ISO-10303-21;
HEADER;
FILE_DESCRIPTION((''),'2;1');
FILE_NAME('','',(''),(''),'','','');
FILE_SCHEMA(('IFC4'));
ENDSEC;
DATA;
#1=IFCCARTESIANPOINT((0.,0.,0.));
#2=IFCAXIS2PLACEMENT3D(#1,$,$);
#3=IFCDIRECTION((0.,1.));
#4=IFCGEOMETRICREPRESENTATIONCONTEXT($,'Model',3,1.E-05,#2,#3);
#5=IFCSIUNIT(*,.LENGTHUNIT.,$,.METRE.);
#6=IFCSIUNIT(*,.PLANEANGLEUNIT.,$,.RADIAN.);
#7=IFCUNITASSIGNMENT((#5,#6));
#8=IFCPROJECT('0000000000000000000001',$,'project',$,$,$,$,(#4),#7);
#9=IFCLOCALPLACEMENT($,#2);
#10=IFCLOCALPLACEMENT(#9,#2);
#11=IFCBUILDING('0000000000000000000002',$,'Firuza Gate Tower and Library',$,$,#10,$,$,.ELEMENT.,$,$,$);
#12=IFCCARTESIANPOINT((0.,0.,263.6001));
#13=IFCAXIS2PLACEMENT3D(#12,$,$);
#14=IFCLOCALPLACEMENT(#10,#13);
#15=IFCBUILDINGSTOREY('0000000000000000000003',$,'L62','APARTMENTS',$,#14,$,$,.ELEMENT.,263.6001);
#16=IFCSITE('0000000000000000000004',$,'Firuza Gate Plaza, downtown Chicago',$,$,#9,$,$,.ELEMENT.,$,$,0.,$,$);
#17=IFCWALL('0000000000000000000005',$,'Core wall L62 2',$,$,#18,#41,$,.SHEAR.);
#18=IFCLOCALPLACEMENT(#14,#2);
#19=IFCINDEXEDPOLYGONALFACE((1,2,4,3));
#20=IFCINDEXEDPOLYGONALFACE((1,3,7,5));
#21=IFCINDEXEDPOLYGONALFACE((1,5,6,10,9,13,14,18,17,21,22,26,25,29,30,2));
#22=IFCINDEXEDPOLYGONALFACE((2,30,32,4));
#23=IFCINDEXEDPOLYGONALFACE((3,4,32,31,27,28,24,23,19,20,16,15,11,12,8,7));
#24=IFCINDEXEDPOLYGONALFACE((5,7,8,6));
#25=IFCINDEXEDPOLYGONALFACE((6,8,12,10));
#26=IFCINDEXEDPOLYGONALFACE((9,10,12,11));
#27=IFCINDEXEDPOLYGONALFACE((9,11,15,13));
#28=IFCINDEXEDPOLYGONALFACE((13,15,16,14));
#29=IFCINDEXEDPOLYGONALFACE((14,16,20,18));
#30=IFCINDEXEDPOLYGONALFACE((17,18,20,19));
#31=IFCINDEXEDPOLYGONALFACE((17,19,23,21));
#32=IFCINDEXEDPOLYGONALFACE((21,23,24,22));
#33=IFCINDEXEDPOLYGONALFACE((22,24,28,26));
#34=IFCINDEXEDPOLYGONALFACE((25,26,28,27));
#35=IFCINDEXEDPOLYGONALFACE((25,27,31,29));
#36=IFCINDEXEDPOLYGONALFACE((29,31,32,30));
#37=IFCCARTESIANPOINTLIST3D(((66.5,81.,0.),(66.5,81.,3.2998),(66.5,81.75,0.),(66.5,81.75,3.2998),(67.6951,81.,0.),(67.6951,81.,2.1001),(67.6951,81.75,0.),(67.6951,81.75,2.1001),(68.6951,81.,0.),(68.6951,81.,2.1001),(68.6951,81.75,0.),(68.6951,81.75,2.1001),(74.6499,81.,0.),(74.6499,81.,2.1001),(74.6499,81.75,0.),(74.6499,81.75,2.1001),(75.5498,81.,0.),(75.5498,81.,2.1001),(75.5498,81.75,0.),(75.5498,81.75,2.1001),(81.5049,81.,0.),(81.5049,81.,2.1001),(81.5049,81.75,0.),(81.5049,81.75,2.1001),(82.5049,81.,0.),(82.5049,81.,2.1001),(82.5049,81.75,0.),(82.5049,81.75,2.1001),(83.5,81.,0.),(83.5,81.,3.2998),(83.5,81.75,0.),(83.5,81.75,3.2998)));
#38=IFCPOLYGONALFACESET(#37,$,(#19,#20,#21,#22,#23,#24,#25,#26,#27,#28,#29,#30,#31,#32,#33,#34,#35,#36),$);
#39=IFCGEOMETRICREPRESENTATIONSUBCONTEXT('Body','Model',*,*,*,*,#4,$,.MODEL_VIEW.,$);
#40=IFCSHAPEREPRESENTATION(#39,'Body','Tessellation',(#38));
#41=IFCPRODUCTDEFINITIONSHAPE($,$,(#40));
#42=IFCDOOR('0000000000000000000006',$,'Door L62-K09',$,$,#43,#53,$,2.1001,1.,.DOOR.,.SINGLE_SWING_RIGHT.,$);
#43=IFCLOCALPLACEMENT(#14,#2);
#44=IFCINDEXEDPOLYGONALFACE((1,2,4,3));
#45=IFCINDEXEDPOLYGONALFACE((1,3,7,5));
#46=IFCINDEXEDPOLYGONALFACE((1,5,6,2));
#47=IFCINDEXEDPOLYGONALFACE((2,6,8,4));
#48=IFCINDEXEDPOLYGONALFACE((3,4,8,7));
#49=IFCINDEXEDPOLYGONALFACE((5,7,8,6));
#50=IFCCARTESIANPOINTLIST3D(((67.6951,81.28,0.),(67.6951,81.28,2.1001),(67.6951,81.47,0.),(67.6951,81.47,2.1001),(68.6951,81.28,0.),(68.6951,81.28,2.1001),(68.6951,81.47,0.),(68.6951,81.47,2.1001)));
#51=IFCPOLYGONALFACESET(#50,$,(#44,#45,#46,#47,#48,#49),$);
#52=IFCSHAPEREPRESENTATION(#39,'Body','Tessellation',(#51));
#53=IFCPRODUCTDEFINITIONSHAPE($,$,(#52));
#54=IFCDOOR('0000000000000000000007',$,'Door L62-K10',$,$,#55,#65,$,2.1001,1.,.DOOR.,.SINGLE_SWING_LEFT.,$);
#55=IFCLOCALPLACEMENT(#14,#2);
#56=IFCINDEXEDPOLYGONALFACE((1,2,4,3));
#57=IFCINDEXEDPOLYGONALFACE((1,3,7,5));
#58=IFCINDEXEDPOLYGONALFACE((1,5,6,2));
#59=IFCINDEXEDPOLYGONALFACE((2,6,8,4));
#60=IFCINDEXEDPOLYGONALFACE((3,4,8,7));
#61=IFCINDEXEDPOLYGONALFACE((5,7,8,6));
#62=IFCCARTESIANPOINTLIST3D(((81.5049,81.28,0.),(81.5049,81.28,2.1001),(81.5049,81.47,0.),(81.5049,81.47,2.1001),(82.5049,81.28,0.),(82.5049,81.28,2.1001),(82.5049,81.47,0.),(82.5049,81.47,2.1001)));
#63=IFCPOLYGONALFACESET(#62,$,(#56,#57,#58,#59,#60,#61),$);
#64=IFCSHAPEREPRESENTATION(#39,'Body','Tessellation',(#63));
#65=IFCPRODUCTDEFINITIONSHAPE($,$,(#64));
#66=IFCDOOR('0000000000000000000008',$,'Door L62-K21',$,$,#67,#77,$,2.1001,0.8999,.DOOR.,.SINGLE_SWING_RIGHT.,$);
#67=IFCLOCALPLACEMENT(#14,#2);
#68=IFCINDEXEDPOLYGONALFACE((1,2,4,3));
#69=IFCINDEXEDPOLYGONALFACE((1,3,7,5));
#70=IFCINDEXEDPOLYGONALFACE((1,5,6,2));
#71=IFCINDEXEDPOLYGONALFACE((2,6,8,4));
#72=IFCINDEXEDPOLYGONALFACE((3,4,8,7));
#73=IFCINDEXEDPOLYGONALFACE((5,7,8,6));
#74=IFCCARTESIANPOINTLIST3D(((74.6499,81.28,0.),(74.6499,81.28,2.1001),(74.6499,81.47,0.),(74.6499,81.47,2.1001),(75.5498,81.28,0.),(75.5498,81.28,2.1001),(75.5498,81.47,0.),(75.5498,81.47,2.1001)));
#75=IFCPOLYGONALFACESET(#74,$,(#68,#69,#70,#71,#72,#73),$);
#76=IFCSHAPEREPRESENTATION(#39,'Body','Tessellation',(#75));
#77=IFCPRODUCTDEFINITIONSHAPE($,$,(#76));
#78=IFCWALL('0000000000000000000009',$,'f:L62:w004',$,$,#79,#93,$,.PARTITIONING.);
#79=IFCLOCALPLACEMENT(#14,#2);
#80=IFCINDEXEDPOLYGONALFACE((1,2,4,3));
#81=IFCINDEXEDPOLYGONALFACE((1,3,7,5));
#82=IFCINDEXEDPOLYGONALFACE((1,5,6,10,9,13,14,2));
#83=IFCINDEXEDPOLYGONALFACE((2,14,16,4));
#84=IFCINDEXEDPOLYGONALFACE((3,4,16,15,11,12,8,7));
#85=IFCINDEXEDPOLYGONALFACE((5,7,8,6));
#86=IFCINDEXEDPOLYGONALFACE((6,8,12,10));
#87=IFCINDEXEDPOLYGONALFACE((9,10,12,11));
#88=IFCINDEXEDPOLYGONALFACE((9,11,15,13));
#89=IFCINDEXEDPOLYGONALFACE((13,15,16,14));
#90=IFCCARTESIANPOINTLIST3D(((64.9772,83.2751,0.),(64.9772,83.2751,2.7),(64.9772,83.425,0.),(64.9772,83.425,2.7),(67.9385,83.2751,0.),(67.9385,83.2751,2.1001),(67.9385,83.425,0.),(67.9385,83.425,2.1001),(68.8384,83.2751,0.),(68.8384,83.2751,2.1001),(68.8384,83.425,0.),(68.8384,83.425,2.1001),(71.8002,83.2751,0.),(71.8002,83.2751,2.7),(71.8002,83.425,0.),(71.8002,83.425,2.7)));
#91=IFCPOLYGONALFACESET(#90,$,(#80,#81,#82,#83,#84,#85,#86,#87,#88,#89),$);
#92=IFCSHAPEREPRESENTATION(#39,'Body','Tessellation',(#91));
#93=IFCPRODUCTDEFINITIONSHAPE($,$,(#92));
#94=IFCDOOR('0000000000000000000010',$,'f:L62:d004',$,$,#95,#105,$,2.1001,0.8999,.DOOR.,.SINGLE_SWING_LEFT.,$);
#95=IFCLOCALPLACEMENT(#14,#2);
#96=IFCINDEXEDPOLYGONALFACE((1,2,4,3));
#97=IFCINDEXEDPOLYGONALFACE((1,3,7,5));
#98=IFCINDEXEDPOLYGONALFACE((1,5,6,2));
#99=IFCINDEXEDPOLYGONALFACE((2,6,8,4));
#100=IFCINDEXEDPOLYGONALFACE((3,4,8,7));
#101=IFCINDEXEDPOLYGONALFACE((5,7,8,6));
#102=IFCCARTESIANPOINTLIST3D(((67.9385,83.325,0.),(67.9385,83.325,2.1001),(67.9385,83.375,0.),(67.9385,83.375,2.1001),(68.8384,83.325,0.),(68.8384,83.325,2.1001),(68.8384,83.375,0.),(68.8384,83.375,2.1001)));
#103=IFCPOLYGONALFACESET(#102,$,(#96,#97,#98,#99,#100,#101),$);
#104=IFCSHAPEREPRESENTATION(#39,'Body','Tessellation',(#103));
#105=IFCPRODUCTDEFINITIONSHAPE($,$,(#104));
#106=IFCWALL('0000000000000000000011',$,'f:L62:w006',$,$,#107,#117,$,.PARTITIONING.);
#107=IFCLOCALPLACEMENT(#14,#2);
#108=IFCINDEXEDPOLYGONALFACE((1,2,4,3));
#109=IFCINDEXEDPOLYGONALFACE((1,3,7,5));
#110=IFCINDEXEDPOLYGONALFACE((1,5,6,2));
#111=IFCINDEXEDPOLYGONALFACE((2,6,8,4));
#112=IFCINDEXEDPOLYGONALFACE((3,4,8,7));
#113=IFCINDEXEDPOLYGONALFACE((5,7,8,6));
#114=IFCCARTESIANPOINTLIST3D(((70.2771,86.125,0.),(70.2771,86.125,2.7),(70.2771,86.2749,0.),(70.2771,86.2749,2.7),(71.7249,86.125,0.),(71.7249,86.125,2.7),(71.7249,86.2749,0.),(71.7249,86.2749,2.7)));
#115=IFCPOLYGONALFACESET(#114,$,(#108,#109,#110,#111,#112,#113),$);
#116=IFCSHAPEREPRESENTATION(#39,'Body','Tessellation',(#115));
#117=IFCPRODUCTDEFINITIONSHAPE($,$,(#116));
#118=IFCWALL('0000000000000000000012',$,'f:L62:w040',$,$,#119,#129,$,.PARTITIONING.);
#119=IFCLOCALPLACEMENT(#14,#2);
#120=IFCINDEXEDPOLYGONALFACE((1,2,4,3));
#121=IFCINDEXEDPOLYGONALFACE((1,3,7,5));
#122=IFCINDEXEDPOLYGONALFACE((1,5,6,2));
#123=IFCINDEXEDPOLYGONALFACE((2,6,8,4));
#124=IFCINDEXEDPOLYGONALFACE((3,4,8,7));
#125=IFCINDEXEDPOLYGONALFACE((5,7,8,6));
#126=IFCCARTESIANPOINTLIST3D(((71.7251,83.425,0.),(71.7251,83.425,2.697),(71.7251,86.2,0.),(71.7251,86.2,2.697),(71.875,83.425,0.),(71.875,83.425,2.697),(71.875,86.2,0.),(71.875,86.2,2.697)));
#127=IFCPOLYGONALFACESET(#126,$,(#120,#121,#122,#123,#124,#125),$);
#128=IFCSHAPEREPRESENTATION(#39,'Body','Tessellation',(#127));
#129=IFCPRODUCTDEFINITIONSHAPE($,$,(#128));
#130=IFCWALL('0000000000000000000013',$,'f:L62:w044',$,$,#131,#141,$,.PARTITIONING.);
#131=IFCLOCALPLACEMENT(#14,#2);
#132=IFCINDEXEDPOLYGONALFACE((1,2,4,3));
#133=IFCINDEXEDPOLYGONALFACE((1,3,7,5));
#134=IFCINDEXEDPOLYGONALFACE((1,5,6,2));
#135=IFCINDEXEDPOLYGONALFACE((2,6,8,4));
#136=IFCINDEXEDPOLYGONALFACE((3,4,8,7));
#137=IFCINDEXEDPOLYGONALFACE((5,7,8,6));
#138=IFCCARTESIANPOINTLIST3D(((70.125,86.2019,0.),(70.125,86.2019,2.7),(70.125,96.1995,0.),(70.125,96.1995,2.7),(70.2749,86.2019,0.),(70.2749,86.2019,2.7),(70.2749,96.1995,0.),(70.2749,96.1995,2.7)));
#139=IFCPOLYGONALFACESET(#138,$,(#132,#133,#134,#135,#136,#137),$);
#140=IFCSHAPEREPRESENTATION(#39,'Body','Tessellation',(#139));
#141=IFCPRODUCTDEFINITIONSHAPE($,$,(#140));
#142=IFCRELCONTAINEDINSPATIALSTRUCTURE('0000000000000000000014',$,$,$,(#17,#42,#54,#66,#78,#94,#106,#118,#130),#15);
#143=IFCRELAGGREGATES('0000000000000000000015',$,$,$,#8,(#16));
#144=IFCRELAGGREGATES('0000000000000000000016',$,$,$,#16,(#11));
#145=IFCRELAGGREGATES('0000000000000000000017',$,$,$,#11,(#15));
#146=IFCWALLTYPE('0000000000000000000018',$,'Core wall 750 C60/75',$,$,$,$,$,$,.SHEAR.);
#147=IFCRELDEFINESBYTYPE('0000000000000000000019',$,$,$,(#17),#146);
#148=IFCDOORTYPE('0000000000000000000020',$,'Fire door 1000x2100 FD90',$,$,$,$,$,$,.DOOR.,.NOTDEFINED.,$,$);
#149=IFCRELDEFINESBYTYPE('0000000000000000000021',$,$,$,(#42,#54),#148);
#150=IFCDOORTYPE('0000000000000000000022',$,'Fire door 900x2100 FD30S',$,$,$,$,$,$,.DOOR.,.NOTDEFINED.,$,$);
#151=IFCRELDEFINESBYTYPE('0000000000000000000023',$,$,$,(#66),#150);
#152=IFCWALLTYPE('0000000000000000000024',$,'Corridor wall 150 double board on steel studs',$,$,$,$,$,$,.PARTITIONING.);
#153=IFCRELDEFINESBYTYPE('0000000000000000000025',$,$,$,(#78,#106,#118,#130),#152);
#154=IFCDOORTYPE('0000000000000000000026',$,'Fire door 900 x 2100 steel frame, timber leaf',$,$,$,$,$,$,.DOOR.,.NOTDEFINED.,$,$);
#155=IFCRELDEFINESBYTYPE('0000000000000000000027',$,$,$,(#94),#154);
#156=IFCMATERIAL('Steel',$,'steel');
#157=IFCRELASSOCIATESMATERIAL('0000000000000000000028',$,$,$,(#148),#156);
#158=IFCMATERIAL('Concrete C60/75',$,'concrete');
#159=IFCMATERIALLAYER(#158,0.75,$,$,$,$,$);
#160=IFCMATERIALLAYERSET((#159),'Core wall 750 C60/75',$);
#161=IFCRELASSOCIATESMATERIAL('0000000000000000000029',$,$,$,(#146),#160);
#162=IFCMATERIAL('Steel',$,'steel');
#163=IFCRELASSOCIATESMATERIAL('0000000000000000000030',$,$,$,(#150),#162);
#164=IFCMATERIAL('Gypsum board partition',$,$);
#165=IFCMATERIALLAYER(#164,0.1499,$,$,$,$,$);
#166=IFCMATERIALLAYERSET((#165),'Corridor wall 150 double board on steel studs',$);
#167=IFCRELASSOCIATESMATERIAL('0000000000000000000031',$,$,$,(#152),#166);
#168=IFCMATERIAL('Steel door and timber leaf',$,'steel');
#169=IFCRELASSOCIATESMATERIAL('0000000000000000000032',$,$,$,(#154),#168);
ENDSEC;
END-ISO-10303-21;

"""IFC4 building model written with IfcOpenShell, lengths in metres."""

from ifc_helpers import new_model, si_unit, direction, frame, frame_2d, origin, place, context, subcontext, project, spatial, rectangle, extrude, material, layer, layer_set, type_object, element, fill, save


model = new_model("IFC4")

# Units and contexts
model_context = context("Model", 3, precision=1e-05, world=origin(), true_north=direction((0.0, 1.0)))
body_context = subcontext(model_context, "Body", "Model", "MODEL_VIEW")
ifc_project = project(units=[si_unit("LENGTHUNIT", "METRE"), si_unit("PLANEANGLEUNIT", "RADIAN")], contexts=[model_context])

# Site, building, storey
site_placement = place(None, origin())
site = spatial("IfcSite", under=ifc_project, at=site_placement, Name="Firuza Gate Plaza, downtown Chicago", CompositionType="ELEMENT", RefElevation=0.0)
building_placement = place(site_placement, origin())
building = spatial("IfcBuilding", under=site, at=building_placement, Name="Firuza Gate Tower and Library", CompositionType="ELEMENT")
storey_placement = place(building_placement, frame((0.0, 0.0, 263.6001)))
storey = spatial("IfcBuildingStorey", under=building, at=storey_placement, Name="L62", Description="APARTMENTS", CompositionType="ELEMENT", Elevation=263.6001)

# Shared definitions
ifc_material_1 = material(Name="Steel", Category="steel")
door_type_1 = type_object("IfcDoorType", Name="Fire door 1000x2100 FD90", OperationType="NOTDEFINED", PredefinedType="DOOR", material=ifc_material_1)

# Wall, openings, doors
ifc_material_2 = material(Name="Concrete C60/75", Category="concrete")
ifc_layer_1 = layer(ifc_material_2, 0.75)
ifc_layer_set_1 = layer_set([ifc_layer_1], Name="Core wall 750 C60/75")
wall_type_1 = type_object("IfcWallType", Name="Core wall 750 C60/75", PredefinedType="SHEAR", material=ifc_layer_set_1)
wall_1_placement = place(storey_placement, frame((66.5, 81.375, 0.0), z_axis=(0.0, 0.0, 1.0), x_axis=(1.0, 0.0, 0.0)))
wall_1 = element("IfcWall", 1, at=wall_1_placement, inside=storey, type_object=wall_type_1, Name="Core wall L62 2", PredefinedType="SHEAR", context=body_context, shape_type="SweptSolid", body=[
    extrude(rectangle(XDim=17.0, YDim=0.75, at=frame_2d((8.5, 0.0))), origin(), (0.0, 0.0, 1.0), 3.2998),
])
opening_1_placement = place(wall_1_placement, frame((1.1951, 0.0, 0.0)))
opening_1 = element("IfcOpeningElement", 2, at=opening_1_placement, cuts=wall_1, PredefinedType="OPENING", context=body_context, shape_type="SweptSolid", body=[
    extrude(rectangle(XDim=1.0, YDim=2.1001, at=frame_2d((0.5, 1.05))), frame((0.0, 0.385, 0.0), z_axis=(0.0, -1.0, 0.0), x_axis=(1.0, 0.0, 0.0)), (0.0, 0.0, 1.0), 0.77),
])
opening_2_placement = place(wall_1_placement, frame((15.0049, 0.0, 0.0)))
opening_2 = element("IfcOpeningElement", 3, at=opening_2_placement, cuts=wall_1, PredefinedType="OPENING", context=body_context, shape_type="SweptSolid", body=[
    extrude(rectangle(XDim=1.0, YDim=2.1001, at=frame_2d((0.5, 1.05))), frame((0.0, 0.385, 0.0), z_axis=(0.0, -1.0, 0.0), x_axis=(1.0, 0.0, 0.0)), (0.0, 0.0, 1.0), 0.77),
])
opening_3_placement = place(wall_1_placement, frame((8.1499, 0.0, 0.0)))
opening_3 = element("IfcOpeningElement", 4, at=opening_3_placement, cuts=wall_1, PredefinedType="OPENING", context=body_context, shape_type="SweptSolid", body=[
    extrude(rectangle(XDim=0.8999, YDim=2.1001, at=frame_2d((0.45, 1.05))), frame((0.0, 0.385, 0.0), z_axis=(0.0, -1.0, 0.0), x_axis=(1.0, 0.0, 0.0)), (0.0, 0.0, 1.0), 0.77),
])
door_1_placement = place(opening_1_placement, origin())
door_1 = element("IfcDoor", 5, at=door_1_placement, inside=storey, type_object=door_type_1, Name="Door L62-K09", OperationType="SINGLE_SWING_RIGHT", OverallHeight=2.1001, OverallWidth=1.0, PredefinedType="DOOR", context=body_context, shape_type="SweptSolid", body=[
    extrude(rectangle(XDim=1.0, YDim=2.1001, at=frame_2d((0.5, 1.05))), frame((0.0, 0.095, 0.0), z_axis=(0.0, -1.0, 0.0), x_axis=(1.0, 0.0, 0.0)), (0.0, 0.0, 1.0), 0.1899),
])
fill(opening_1, door_1)
door_2_placement = place(opening_2_placement, origin())
door_2 = element("IfcDoor", 6, at=door_2_placement, inside=storey, type_object=door_type_1, Name="Door L62-K10", OperationType="SINGLE_SWING_LEFT", OverallHeight=2.1001, OverallWidth=1.0, PredefinedType="DOOR", context=body_context, shape_type="SweptSolid", body=[
    extrude(rectangle(XDim=1.0, YDim=2.1001, at=frame_2d((0.5, 1.05))), frame((0.0, 0.095, 0.0), z_axis=(0.0, -1.0, 0.0), x_axis=(1.0, 0.0, 0.0)), (0.0, 0.0, 1.0), 0.1899),
])
fill(opening_2, door_2)
ifc_material_3 = material(Name="Steel", Category="steel")
door_type_2 = type_object("IfcDoorType", Name="Fire door 900x2100 FD30S", OperationType="NOTDEFINED", PredefinedType="DOOR", material=ifc_material_3)
door_3_placement = place(opening_3_placement, origin())
door_3 = element("IfcDoor", 7, at=door_3_placement, inside=storey, type_object=door_type_2, Name="Door L62-K21", OperationType="SINGLE_SWING_RIGHT", OverallHeight=2.1001, OverallWidth=0.8999, PredefinedType="DOOR", context=body_context, shape_type="SweptSolid", body=[
    extrude(rectangle(XDim=0.8999, YDim=2.1001, at=frame_2d((0.45, 1.05))), frame((0.0, 0.095, 0.0), z_axis=(0.0, -1.0, 0.0), x_axis=(1.0, 0.0, 0.0)), (0.0, 0.0, 1.0), 0.1899),
])
fill(opening_3, door_3)

# Wall, opening, door
ifc_material_4 = material(Name="Gypsum board partition")
ifc_layer_2 = layer(ifc_material_4, 0.1499)
ifc_layer_set_2 = layer_set([ifc_layer_2], Name="Corridor wall 150 double board on steel studs")
wall_type_2 = type_object("IfcWallType", Name="Corridor wall 150 double board on steel studs", PredefinedType="PARTITIONING", material=ifc_layer_set_2)
wall_2_placement = place(storey_placement, frame((64.9771, 83.3501, 0.0), z_axis=(0.0, 0.0, 1.0), x_axis=(1.0, 0.0, 0.0)))
wall_2 = element("IfcWall", 8, at=wall_2_placement, inside=storey, type_object=wall_type_2, Name="f:L62:w004", PredefinedType="PARTITIONING", context=body_context, shape_type="SweptSolid", body=[
    extrude(rectangle(XDim=6.823, YDim=0.1499, at=frame_2d((3.4116, 0.0))), origin(), (0.0, 0.0, 1.0), 2.7),
])
opening_4_placement = place(wall_2_placement, frame((2.9614, 0.0, 0.0)))
opening_4 = element("IfcOpeningElement", 9, at=opening_4_placement, cuts=wall_2, PredefinedType="OPENING", context=body_context, shape_type="SweptSolid", body=[
    extrude(rectangle(XDim=0.8999, YDim=2.1001, at=frame_2d((0.45, 1.05))), frame((0.0, 0.085, 0.0), z_axis=(0.0, -1.0, 0.0), x_axis=(1.0, 0.0, 0.0)), (0.0, 0.0, 1.0), 0.1699),
])
ifc_material_5 = material(Name="Steel door and timber leaf", Category="steel")
door_type_3 = type_object("IfcDoorType", Name="Fire door 900 x 2100 steel frame, timber leaf", OperationType="NOTDEFINED", PredefinedType="DOOR", material=ifc_material_5)
door_4_placement = place(opening_4_placement, origin())
door_4 = element("IfcDoor", 10, at=door_4_placement, inside=storey, type_object=door_type_3, Name="f:L62:d004", OperationType="SINGLE_SWING_LEFT", OverallHeight=2.1001, OverallWidth=0.8999, PredefinedType="DOOR", context=body_context, shape_type="SweptSolid", body=[
    extrude(rectangle(XDim=0.8999, YDim=2.1001, at=frame_2d((0.45, 1.05))), frame((0.0, 0.0249, 0.0), z_axis=(0.0, -1.0, 0.0), x_axis=(1.0, 0.0, 0.0)), (0.0, 0.0, 1.0), 0.05),
])
fill(opening_4, door_4)

# Walls
wall_3_placement = place(storey_placement, frame((70.2771, 86.2, 0.0), z_axis=(0.0, 0.0, 1.0), x_axis=(1.0, 0.0, 0.0)))
element("IfcWall", 11, at=wall_3_placement, inside=storey, type_object=wall_type_2, Name="f:L62:w006", PredefinedType="PARTITIONING", context=body_context, shape_type="SweptSolid", body=[
    extrude(rectangle(XDim=1.4478, YDim=0.1499, at=frame_2d((0.7239, 0.0))), origin(), (0.0, 0.0, 1.0), 2.7),
])
wall_4_placement = place(storey_placement, frame((71.8, 83.425, 0.0), z_axis=(0.0, 0.0, 1.0), x_axis=(0.0, 1.0, 0.0)))
element("IfcWall", 12, at=wall_4_placement, inside=storey, type_object=wall_type_2, Name="f:L62:w040", PredefinedType="PARTITIONING", context=body_context, shape_type="SweptSolid", body=[
    extrude(rectangle(XDim=2.7749, YDim=0.1499, at=frame_2d((1.3875, 0.0))), origin(), (0.0, 0.0, 1.0), 2.697),
])
wall_5_placement = place(storey_placement, frame((70.2, 86.2019, 0.0), z_axis=(0.0, 0.0, 1.0), x_axis=(0.0, 1.0, 0.0)))
element("IfcWall", 13, at=wall_5_placement, inside=storey, type_object=wall_type_2, Name="f:L62:w044", PredefinedType="PARTITIONING", context=body_context, shape_type="SweptSolid", body=[
    extrude(rectangle(XDim=9.9976, YDim=0.1499, at=frame_2d((4.9988, 0.0))), origin(), (0.0, 0.0, 1.0), 2.7),
])

save(model, "model.ifc")
